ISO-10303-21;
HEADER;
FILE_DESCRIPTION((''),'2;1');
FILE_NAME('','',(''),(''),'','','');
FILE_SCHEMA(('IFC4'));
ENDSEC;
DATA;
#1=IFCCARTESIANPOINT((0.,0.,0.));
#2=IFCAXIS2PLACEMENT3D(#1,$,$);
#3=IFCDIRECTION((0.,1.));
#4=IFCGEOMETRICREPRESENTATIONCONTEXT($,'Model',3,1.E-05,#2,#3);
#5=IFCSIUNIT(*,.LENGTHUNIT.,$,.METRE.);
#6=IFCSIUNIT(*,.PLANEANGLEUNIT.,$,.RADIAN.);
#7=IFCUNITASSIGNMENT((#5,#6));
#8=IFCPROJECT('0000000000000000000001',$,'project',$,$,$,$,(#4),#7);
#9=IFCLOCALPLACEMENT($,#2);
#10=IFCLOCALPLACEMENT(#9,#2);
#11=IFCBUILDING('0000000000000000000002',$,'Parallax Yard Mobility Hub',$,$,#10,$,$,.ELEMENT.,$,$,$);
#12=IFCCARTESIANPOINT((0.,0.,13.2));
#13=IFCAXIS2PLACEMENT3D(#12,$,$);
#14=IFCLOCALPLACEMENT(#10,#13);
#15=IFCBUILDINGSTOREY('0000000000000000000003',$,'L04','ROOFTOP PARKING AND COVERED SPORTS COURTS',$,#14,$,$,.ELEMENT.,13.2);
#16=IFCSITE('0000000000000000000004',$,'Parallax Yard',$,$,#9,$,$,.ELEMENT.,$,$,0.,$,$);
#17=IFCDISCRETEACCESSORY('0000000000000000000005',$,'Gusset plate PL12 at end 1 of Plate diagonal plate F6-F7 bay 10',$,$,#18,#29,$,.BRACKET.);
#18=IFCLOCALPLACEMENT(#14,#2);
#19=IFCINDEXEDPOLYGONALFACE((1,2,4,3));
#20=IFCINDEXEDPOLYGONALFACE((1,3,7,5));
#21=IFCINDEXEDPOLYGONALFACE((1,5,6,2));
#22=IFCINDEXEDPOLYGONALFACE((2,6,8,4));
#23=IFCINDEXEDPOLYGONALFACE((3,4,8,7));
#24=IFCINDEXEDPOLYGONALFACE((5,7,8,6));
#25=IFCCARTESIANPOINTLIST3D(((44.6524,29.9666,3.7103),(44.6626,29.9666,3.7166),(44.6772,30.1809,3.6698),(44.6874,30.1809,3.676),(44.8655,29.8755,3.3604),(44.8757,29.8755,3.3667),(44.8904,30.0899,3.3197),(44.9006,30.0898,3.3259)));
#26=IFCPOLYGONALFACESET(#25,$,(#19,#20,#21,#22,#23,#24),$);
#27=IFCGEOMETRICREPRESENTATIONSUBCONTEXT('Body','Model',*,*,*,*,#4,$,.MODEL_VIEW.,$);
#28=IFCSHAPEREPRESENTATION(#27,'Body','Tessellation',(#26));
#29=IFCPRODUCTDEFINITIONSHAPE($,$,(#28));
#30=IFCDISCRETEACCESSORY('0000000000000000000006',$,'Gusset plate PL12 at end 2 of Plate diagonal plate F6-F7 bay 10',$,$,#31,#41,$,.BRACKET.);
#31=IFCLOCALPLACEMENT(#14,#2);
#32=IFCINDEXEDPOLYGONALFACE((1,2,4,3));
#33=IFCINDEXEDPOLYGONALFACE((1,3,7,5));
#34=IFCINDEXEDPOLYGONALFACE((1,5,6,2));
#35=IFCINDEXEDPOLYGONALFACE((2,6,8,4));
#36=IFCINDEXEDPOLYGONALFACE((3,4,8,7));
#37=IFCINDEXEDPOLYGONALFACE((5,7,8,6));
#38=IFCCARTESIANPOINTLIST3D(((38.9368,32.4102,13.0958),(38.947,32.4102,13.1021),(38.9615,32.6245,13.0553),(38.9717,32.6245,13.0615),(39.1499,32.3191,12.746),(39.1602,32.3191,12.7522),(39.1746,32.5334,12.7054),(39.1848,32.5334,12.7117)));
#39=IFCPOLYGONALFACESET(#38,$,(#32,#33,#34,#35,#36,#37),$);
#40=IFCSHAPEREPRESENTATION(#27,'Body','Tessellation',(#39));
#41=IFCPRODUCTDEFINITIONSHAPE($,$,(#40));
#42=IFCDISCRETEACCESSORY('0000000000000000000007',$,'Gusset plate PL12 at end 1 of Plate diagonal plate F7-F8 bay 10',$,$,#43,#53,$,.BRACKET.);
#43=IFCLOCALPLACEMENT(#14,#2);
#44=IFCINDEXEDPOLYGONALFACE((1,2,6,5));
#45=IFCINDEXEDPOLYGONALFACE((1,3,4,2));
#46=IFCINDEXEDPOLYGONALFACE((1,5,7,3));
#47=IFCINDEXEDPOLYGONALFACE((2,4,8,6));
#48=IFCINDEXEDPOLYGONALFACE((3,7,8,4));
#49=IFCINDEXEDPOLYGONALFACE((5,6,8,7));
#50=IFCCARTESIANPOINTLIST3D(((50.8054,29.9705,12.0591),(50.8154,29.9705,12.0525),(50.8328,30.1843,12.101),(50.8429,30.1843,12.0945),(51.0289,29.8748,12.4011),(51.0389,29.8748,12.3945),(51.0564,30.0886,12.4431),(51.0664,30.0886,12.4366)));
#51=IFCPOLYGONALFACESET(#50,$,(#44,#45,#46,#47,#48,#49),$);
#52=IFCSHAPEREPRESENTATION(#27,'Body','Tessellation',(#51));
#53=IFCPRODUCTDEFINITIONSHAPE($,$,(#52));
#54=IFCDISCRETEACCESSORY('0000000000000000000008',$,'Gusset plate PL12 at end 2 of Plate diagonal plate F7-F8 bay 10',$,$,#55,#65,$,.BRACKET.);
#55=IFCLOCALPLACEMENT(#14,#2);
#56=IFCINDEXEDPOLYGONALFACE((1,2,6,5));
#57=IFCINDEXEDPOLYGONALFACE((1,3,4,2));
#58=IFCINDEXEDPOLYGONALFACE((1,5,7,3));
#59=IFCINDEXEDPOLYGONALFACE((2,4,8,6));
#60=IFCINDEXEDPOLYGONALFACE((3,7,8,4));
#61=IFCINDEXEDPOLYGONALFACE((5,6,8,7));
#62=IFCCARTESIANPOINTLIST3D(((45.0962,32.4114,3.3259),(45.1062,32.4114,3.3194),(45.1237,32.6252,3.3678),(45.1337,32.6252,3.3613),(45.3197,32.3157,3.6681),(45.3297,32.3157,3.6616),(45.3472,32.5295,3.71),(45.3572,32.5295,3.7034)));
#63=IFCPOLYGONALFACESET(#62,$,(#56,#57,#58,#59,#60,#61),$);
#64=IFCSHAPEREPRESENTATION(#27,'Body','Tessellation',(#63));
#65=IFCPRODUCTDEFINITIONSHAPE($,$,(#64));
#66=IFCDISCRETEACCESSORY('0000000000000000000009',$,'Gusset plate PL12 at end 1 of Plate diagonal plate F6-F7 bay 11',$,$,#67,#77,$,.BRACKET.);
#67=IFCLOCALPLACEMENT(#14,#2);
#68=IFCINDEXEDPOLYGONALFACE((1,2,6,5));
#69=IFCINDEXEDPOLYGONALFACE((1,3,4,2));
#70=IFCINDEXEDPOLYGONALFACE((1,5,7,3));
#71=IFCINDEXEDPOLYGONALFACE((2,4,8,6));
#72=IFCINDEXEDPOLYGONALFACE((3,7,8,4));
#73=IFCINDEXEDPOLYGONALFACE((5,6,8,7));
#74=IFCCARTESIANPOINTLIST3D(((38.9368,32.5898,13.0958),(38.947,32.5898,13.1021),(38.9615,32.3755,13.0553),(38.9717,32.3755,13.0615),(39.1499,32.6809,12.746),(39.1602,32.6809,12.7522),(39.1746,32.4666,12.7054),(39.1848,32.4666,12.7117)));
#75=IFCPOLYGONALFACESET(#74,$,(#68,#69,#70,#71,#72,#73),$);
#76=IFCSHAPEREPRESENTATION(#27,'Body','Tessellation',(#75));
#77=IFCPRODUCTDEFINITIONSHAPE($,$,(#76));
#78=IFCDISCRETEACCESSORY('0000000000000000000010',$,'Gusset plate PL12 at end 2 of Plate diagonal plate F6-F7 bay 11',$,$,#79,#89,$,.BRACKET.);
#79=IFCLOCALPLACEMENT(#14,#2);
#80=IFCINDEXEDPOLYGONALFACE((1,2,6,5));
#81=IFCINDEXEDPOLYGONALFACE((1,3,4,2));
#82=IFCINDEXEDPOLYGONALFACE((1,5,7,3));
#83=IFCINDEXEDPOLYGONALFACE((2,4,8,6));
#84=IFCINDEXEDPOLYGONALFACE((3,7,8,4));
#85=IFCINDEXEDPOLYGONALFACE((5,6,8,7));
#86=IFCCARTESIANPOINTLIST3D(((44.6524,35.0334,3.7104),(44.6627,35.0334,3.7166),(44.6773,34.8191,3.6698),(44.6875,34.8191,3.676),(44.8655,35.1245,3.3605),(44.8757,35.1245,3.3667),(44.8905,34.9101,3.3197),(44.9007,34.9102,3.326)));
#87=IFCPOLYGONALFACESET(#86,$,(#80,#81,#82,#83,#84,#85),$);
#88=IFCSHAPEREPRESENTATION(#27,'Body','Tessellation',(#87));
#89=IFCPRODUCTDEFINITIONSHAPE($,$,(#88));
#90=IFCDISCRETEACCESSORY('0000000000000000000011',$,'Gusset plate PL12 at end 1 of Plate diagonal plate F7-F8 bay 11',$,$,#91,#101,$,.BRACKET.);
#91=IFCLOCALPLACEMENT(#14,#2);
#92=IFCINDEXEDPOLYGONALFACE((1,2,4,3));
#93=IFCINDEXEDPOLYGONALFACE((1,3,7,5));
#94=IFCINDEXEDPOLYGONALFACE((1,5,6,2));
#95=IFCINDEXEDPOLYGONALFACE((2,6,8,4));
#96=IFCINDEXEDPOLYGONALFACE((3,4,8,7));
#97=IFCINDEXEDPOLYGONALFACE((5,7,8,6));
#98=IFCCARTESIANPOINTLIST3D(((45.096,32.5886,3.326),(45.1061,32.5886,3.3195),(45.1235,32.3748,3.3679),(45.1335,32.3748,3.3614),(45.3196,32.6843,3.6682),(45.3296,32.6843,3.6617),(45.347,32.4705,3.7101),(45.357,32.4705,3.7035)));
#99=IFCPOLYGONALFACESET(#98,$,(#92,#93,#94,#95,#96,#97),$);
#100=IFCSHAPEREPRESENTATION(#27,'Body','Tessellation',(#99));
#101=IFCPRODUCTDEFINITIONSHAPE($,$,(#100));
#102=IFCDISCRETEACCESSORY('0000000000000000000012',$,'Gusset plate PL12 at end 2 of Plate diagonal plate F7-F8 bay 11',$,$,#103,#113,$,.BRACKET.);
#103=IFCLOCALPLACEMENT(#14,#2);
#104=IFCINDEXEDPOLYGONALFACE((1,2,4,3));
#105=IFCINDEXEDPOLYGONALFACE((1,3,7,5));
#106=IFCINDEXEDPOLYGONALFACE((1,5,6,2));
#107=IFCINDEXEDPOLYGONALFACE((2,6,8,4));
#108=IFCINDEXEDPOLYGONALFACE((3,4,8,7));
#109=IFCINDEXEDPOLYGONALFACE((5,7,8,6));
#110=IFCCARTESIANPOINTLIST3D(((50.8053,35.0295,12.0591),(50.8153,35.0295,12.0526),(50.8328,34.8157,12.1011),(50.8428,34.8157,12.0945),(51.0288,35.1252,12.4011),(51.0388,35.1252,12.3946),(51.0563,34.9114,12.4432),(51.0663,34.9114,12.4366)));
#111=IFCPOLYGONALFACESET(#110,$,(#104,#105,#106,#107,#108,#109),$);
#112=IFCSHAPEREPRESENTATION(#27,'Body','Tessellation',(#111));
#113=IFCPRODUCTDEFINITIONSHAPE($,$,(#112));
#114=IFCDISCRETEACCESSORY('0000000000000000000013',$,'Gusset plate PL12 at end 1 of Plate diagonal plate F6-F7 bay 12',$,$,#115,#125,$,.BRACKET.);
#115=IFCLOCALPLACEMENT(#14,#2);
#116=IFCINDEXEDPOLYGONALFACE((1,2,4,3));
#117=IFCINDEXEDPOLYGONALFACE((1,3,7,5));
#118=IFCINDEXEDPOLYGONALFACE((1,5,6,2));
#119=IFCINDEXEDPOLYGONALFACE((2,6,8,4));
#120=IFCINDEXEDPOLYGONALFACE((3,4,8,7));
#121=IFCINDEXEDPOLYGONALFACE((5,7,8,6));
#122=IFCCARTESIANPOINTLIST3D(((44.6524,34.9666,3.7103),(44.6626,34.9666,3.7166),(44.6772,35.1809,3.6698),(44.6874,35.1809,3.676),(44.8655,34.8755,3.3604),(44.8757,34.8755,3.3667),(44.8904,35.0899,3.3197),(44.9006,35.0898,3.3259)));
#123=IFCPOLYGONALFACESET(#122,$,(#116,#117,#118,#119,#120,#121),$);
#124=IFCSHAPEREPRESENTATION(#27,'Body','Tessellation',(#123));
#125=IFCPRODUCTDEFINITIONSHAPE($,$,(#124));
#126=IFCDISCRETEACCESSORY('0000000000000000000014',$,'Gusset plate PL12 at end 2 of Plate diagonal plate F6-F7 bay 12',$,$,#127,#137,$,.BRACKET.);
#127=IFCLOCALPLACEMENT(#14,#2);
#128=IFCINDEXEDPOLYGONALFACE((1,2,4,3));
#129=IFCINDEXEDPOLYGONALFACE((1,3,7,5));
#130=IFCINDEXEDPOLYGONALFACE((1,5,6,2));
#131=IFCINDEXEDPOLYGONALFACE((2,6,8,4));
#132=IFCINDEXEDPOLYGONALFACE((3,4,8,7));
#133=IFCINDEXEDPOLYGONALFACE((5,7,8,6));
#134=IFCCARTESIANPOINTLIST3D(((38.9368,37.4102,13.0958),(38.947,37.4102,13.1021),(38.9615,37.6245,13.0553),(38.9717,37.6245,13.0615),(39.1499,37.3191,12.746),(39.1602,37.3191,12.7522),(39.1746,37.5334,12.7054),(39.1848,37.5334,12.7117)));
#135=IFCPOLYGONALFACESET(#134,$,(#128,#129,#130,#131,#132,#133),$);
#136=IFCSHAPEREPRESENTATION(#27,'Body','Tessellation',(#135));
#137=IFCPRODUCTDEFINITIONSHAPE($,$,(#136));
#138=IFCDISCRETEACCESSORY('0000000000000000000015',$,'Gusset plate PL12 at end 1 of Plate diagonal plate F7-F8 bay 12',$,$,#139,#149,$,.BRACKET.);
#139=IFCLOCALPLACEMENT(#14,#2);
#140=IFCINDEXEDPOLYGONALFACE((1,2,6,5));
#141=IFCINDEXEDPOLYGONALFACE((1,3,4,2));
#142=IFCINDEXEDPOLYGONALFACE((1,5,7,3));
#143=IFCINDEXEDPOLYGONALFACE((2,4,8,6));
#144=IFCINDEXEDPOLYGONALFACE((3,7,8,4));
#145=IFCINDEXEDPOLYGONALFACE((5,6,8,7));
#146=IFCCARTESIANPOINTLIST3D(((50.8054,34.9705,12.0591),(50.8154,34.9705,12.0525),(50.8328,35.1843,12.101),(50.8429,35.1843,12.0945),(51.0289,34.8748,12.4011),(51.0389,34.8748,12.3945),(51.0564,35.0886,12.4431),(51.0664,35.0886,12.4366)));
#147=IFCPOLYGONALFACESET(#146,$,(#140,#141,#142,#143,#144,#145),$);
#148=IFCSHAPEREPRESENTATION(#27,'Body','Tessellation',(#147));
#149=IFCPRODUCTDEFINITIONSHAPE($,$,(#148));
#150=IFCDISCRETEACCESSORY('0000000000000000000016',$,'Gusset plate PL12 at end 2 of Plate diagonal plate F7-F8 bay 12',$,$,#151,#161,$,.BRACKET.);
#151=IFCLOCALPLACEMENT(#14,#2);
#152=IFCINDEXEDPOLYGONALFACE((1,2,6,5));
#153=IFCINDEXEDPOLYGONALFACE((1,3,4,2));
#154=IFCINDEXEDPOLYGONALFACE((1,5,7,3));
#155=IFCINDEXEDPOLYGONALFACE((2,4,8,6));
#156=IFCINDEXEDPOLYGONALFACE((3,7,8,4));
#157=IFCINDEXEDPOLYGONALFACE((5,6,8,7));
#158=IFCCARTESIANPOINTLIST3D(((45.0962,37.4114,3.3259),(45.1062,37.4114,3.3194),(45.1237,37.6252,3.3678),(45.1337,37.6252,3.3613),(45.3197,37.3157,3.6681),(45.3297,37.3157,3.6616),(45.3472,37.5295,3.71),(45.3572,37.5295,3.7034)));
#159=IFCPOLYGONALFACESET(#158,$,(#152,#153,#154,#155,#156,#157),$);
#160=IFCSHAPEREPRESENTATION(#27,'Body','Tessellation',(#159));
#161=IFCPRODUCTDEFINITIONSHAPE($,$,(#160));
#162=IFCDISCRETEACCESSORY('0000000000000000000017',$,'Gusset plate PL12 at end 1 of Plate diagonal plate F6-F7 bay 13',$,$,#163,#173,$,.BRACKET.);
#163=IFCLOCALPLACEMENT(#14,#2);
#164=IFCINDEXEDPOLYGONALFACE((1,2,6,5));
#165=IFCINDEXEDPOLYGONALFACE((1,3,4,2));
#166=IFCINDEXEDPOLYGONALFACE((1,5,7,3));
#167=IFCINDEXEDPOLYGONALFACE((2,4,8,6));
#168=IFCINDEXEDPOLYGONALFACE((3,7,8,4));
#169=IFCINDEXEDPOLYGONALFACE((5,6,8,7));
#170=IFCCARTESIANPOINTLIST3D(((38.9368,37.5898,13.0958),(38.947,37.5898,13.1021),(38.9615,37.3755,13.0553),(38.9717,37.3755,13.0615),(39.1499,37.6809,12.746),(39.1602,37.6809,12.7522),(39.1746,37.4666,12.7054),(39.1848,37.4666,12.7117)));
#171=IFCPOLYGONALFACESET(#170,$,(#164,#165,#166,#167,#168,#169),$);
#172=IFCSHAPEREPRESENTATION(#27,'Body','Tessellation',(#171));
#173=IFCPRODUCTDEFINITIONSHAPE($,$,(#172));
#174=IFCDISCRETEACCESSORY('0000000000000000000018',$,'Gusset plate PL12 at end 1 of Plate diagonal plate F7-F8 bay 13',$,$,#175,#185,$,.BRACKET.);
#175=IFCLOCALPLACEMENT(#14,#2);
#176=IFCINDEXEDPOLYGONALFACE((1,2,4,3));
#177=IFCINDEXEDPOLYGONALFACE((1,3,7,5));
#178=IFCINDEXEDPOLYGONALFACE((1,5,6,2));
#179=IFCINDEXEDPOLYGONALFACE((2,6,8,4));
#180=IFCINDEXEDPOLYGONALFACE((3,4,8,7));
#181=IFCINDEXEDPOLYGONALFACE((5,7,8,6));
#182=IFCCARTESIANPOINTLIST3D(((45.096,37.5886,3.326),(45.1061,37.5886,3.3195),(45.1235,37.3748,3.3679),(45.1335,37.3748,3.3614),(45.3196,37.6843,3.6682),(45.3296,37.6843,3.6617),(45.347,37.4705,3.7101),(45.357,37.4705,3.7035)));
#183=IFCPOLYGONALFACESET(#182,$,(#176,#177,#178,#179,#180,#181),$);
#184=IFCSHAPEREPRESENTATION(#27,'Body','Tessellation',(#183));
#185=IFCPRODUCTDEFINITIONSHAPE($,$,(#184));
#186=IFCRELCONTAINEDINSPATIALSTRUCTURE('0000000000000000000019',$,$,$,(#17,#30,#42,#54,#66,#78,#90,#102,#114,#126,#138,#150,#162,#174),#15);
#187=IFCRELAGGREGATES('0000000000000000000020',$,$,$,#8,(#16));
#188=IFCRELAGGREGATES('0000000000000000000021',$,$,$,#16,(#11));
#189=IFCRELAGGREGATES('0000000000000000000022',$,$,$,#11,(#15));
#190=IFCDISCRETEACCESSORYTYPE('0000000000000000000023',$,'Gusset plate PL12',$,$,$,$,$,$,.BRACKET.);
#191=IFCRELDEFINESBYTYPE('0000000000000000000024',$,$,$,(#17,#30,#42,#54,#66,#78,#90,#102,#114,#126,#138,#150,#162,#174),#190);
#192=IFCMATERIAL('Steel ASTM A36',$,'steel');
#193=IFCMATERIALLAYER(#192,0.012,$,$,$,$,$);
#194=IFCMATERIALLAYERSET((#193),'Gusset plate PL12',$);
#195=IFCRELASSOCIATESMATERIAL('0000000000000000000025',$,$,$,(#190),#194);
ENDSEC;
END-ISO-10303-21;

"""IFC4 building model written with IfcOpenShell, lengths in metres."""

from ifc_helpers import new_model, si_unit, direction, frame, origin, place, context, subcontext, project, spatial, polyline, outline, extrude, material, layer, layer_set, type_object, element, save


model = new_model("IFC4")

# Units and contexts
model_context = context("Model", 3, precision=1e-05, world=origin(), true_north=direction((0.0, 1.0)))
body_context = subcontext(model_context, "Body", "Model", "MODEL_VIEW")
ifc_project = project(units=[si_unit("LENGTHUNIT", "METRE"), si_unit("PLANEANGLEUNIT", "RADIAN")], contexts=[model_context])

# Site, building, storey
site_placement = place(None, origin())
site = spatial("IfcSite", under=ifc_project, at=site_placement, Name="Parallax Yard", CompositionType="ELEMENT", RefElevation=0.0)
building_placement = place(site_placement, origin())
building = spatial("IfcBuilding", under=site, at=building_placement, Name="Parallax Yard Mobility Hub", CompositionType="ELEMENT")
storey_placement = place(building_placement, frame((0.0, 0.0, 13.2)))
storey = spatial("IfcBuildingStorey", under=building, at=storey_placement, Name="L04", Description="ROOFTOP PARKING AND COVERED SPORTS COURTS", CompositionType="ELEMENT", Elevation=13.2)

# Discrete accessories
ifc_material_1 = material(Name="Steel ASTM A36", Category="steel")
ifc_layer = layer(ifc_material_1, 0.012)
ifc_layer_set = layer_set([ifc_layer], Name="Gusset plate PL12")
discrete_accessory_type = type_object("IfcDiscreteAccessoryType", Name="Gusset plate PL12", PredefinedType="BRACKET", material=ifc_layer_set)
discrete_accessory_1_placement = place(storey_placement, frame((44.6626, 29.9666, 3.7166), z_axis=(0.854019, -0.000558, 0.520242), x_axis=(0.507743, -0.216994, -0.833733)))
element("IfcDiscreteAccessory", 1, at=discrete_accessory_1_placement, inside=storey, type_object=discrete_accessory_type, Name="Gusset plate PL12 at end 1 of Plate diagonal plate F6-F7 bay 10", PredefinedType="BRACKET", context=body_context, shape_type="SweptSolid", body=[
    extrude(outline(polyline([(0.0, 0.0), (0.4197, 0.0), (0.4198, 0.2196), (-0.0001, 0.2196), (0.0, 0.0)])), origin(), (0.0, 0.0, -1.0), 0.012),
])
discrete_accessory_2_placement = place(storey_placement, frame((39.1848, 32.5334, 12.7117), z_axis=(0.854017, 0.00012, 0.520246), x_axis=(-0.507872, 0.216994, 0.833654)))
element("IfcDiscreteAccessory", 2, at=discrete_accessory_2_placement, inside=storey, type_object=discrete_accessory_type, Name="Gusset plate PL12 at end 2 of Plate diagonal plate F6-F7 bay 10", PredefinedType="BRACKET", context=body_context, shape_type="SweptSolid", body=[
    extrude(outline(polyline([(0.0, 0.0), (0.4197, 0.0), (0.4195, 0.2195), (-0.0002, 0.2195), (0.0, 0.0)])), origin(), (0.0, 0.0, -1.0), 0.012),
])
discrete_accessory_3_placement = place(storey_placement, frame((50.8054, 29.9705, 12.0591), z_axis=(-0.837105, 0.000095, 0.547043), x_axis=(0.532605, -0.228089, 0.815051)))
element("IfcDiscreteAccessory", 3, at=discrete_accessory_3_placement, inside=storey, type_object=discrete_accessory_type, Name="Gusset plate PL12 at end 1 of Plate diagonal plate F7-F8 bay 10", PredefinedType="BRACKET", context=body_context, shape_type="SweptSolid", body=[
    extrude(outline(polyline([(0.0, 0.0), (0.4196, 0.0), (0.4197, 0.2197), (0.0, 0.2197), (0.0, 0.0)])), origin(), (0.0, 0.0, -1.0), 0.012),
])
discrete_accessory_4_placement = place(storey_placement, frame((45.3472, 32.5295, 3.71), z_axis=(-0.837152, 0.000427, 0.546971), x_axis=(-0.532481, 0.228018, -0.815152)))
element("IfcDiscreteAccessory", 4, at=discrete_accessory_4_placement, inside=storey, type_object=discrete_accessory_type, Name="Gusset plate PL12 at end 2 of Plate diagonal plate F7-F8 bay 10", PredefinedType="BRACKET", context=body_context, shape_type="SweptSolid", body=[
    extrude(outline(polyline([(0.0, 0.0), (0.4197, 0.0), (0.4197, 0.2197), (0.0, 0.2196), (0.0, 0.0)])), origin(), (0.0, 0.0, -1.0), 0.012),
])
discrete_accessory_5_placement = place(storey_placement, frame((39.1602, 32.6809, 12.7522), z_axis=(0.854017, -0.00012, 0.520246), x_axis=(-0.507872, -0.216994, 0.833654)))
element("IfcDiscreteAccessory", 5, at=discrete_accessory_5_placement, inside=storey, type_object=discrete_accessory_type, Name="Gusset plate PL12 at end 1 of Plate diagonal plate F6-F7 bay 11", PredefinedType="BRACKET", context=body_context, shape_type="SweptSolid", body=[
    extrude(outline(polyline([(0.0, 0.0), (0.4197, 0.0), (0.4199, 0.2195), (0.0002, 0.2195), (0.0, 0.0)])), origin(), (0.0, 0.0, -1.0), 0.012),
])
discrete_accessory_6_placement = place(storey_placement, frame((44.6875, 34.8191, 3.676), z_axis=(0.854019, 0.000558, 0.520242), x_axis=(0.507755, 0.216889, -0.833753)))
element("IfcDiscreteAccessory", 6, at=discrete_accessory_6_placement, inside=storey, type_object=discrete_accessory_type, Name="Gusset plate PL12 at end 2 of Plate diagonal plate F6-F7 bay 11", PredefinedType="BRACKET", context=body_context, shape_type="SweptSolid", body=[
    extrude(outline(polyline([(0.0, 0.0), (0.4199, 0.0), (0.4197, 0.2196), (0.0001, 0.2196), (0.0, 0.0)])), origin(), (0.0, 0.0, -1.0), 0.012),
])
discrete_accessory_7_placement = place(storey_placement, frame((45.3196, 32.6843, 3.6682), z_axis=(-0.837152, -0.000427, 0.546971), x_axis=(-0.532485, -0.227981, -0.815159)))
element("IfcDiscreteAccessory", 7, at=discrete_accessory_7_placement, inside=storey, type_object=discrete_accessory_type, Name="Gusset plate PL12 at end 1 of Plate diagonal plate F7-F8 bay 11", PredefinedType="BRACKET", context=body_context, shape_type="SweptSolid", body=[
    extrude(outline(polyline([(0.0, 0.0), (0.4198, 0.0), (0.4198, 0.2197), (0.0, 0.2196), (0.0, 0.0)])), origin(), (0.0, 0.0, -1.0), 0.012),
])
discrete_accessory_8_placement = place(storey_placement, frame((50.8328, 34.8157, 12.1011), z_axis=(-0.837105, -0.000095, 0.547043), x_axis=(0.532614, 0.228018, 0.815065)))
element("IfcDiscreteAccessory", 8, at=discrete_accessory_8_placement, inside=storey, type_object=discrete_accessory_type, Name="Gusset plate PL12 at end 2 of Plate diagonal plate F7-F8 bay 11", PredefinedType="BRACKET", context=body_context, shape_type="SweptSolid", body=[
    extrude(outline(polyline([(0.0, 0.0), (0.4197, 0.0), (0.4196, 0.2197), (0.0, 0.2197), (0.0, 0.0)])), origin(), (0.0, 0.0, -1.0), 0.012),
])
discrete_accessory_9_placement = place(storey_placement, frame((44.6626, 34.9666, 3.7166), z_axis=(0.854019, -0.000558, 0.520242), x_axis=(0.507743, -0.216994, -0.833733)))
element("IfcDiscreteAccessory", 9, at=discrete_accessory_9_placement, inside=storey, type_object=discrete_accessory_type, Name="Gusset plate PL12 at end 1 of Plate diagonal plate F6-F7 bay 12", PredefinedType="BRACKET", context=body_context, shape_type="SweptSolid", body=[
    extrude(outline(polyline([(0.0, 0.0), (0.4197, 0.0), (0.4198, 0.2196), (-0.0001, 0.2196), (0.0, 0.0)])), origin(), (0.0, 0.0, -1.0), 0.012),
])
discrete_accessory_10_placement = place(storey_placement, frame((39.1848, 37.5334, 12.7117), z_axis=(0.854017, 0.00012, 0.520246), x_axis=(-0.507872, 0.216994, 0.833654)))
element("IfcDiscreteAccessory", 10, at=discrete_accessory_10_placement, inside=storey, type_object=discrete_accessory_type, Name="Gusset plate PL12 at end 2 of Plate diagonal plate F6-F7 bay 12", PredefinedType="BRACKET", context=body_context, shape_type="SweptSolid", body=[
    extrude(outline(polyline([(0.0, 0.0), (0.4197, 0.0), (0.4195, 0.2195), (-0.0002, 0.2195), (0.0, 0.0)])), origin(), (0.0, 0.0, -1.0), 0.012),
])
discrete_accessory_11_placement = place(storey_placement, frame((50.8054, 34.9705, 12.0591), z_axis=(-0.837105, 0.000095, 0.547043), x_axis=(0.532605, -0.228089, 0.815051)))
element("IfcDiscreteAccessory", 11, at=discrete_accessory_11_placement, inside=storey, type_object=discrete_accessory_type, Name="Gusset plate PL12 at end 1 of Plate diagonal plate F7-F8 bay 12", PredefinedType="BRACKET", context=body_context, shape_type="SweptSolid", body=[
    extrude(outline(polyline([(0.0, 0.0), (0.4196, 0.0), (0.4197, 0.2197), (0.0, 0.2197), (0.0, 0.0)])), origin(), (0.0, 0.0, -1.0), 0.012),
])
discrete_accessory_12_placement = place(storey_placement, frame((45.3472, 37.5295, 3.71), z_axis=(-0.837152, 0.000427, 0.546971), x_axis=(-0.532481, 0.228018, -0.815152)))
element("IfcDiscreteAccessory", 12, at=discrete_accessory_12_placement, inside=storey, type_object=discrete_accessory_type, Name="Gusset plate PL12 at end 2 of Plate diagonal plate F7-F8 bay 12", PredefinedType="BRACKET", context=body_context, shape_type="SweptSolid", body=[
    extrude(outline(polyline([(0.0, 0.0), (0.4197, 0.0), (0.4197, 0.2197), (0.0, 0.2196), (0.0, 0.0)])), origin(), (0.0, 0.0, -1.0), 0.012),
])
discrete_accessory_13_placement = place(storey_placement, frame((39.1602, 37.6809, 12.7522), z_axis=(0.854017, -0.00012, 0.520246), x_axis=(-0.507872, -0.216994, 0.833654)))
element("IfcDiscreteAccessory", 13, at=discrete_accessory_13_placement, inside=storey, type_object=discrete_accessory_type, Name="Gusset plate PL12 at end 1 of Plate diagonal plate F6-F7 bay 13", PredefinedType="BRACKET", context=body_context, shape_type="SweptSolid", body=[
    extrude(outline(polyline([(0.0, 0.0), (0.4197, 0.0), (0.4199, 0.2195), (0.0002, 0.2195), (0.0, 0.0)])), origin(), (0.0, 0.0, -1.0), 0.012),
])
discrete_accessory_14_placement = place(storey_placement, frame((45.3196, 37.6843, 3.6682), z_axis=(-0.837152, -0.000427, 0.546971), x_axis=(-0.532485, -0.227981, -0.815159)))
element("IfcDiscreteAccessory", 14, at=discrete_accessory_14_placement, inside=storey, type_object=discrete_accessory_type, Name="Gusset plate PL12 at end 1 of Plate diagonal plate F7-F8 bay 13", PredefinedType="BRACKET", context=body_context, shape_type="SweptSolid", body=[
    extrude(outline(polyline([(0.0, 0.0), (0.4198, 0.0), (0.4198, 0.2197), (0.0, 0.2196), (0.0, 0.0)])), origin(), (0.0, 0.0, -1.0), 0.012),
])

save(model, "model.ifc")
